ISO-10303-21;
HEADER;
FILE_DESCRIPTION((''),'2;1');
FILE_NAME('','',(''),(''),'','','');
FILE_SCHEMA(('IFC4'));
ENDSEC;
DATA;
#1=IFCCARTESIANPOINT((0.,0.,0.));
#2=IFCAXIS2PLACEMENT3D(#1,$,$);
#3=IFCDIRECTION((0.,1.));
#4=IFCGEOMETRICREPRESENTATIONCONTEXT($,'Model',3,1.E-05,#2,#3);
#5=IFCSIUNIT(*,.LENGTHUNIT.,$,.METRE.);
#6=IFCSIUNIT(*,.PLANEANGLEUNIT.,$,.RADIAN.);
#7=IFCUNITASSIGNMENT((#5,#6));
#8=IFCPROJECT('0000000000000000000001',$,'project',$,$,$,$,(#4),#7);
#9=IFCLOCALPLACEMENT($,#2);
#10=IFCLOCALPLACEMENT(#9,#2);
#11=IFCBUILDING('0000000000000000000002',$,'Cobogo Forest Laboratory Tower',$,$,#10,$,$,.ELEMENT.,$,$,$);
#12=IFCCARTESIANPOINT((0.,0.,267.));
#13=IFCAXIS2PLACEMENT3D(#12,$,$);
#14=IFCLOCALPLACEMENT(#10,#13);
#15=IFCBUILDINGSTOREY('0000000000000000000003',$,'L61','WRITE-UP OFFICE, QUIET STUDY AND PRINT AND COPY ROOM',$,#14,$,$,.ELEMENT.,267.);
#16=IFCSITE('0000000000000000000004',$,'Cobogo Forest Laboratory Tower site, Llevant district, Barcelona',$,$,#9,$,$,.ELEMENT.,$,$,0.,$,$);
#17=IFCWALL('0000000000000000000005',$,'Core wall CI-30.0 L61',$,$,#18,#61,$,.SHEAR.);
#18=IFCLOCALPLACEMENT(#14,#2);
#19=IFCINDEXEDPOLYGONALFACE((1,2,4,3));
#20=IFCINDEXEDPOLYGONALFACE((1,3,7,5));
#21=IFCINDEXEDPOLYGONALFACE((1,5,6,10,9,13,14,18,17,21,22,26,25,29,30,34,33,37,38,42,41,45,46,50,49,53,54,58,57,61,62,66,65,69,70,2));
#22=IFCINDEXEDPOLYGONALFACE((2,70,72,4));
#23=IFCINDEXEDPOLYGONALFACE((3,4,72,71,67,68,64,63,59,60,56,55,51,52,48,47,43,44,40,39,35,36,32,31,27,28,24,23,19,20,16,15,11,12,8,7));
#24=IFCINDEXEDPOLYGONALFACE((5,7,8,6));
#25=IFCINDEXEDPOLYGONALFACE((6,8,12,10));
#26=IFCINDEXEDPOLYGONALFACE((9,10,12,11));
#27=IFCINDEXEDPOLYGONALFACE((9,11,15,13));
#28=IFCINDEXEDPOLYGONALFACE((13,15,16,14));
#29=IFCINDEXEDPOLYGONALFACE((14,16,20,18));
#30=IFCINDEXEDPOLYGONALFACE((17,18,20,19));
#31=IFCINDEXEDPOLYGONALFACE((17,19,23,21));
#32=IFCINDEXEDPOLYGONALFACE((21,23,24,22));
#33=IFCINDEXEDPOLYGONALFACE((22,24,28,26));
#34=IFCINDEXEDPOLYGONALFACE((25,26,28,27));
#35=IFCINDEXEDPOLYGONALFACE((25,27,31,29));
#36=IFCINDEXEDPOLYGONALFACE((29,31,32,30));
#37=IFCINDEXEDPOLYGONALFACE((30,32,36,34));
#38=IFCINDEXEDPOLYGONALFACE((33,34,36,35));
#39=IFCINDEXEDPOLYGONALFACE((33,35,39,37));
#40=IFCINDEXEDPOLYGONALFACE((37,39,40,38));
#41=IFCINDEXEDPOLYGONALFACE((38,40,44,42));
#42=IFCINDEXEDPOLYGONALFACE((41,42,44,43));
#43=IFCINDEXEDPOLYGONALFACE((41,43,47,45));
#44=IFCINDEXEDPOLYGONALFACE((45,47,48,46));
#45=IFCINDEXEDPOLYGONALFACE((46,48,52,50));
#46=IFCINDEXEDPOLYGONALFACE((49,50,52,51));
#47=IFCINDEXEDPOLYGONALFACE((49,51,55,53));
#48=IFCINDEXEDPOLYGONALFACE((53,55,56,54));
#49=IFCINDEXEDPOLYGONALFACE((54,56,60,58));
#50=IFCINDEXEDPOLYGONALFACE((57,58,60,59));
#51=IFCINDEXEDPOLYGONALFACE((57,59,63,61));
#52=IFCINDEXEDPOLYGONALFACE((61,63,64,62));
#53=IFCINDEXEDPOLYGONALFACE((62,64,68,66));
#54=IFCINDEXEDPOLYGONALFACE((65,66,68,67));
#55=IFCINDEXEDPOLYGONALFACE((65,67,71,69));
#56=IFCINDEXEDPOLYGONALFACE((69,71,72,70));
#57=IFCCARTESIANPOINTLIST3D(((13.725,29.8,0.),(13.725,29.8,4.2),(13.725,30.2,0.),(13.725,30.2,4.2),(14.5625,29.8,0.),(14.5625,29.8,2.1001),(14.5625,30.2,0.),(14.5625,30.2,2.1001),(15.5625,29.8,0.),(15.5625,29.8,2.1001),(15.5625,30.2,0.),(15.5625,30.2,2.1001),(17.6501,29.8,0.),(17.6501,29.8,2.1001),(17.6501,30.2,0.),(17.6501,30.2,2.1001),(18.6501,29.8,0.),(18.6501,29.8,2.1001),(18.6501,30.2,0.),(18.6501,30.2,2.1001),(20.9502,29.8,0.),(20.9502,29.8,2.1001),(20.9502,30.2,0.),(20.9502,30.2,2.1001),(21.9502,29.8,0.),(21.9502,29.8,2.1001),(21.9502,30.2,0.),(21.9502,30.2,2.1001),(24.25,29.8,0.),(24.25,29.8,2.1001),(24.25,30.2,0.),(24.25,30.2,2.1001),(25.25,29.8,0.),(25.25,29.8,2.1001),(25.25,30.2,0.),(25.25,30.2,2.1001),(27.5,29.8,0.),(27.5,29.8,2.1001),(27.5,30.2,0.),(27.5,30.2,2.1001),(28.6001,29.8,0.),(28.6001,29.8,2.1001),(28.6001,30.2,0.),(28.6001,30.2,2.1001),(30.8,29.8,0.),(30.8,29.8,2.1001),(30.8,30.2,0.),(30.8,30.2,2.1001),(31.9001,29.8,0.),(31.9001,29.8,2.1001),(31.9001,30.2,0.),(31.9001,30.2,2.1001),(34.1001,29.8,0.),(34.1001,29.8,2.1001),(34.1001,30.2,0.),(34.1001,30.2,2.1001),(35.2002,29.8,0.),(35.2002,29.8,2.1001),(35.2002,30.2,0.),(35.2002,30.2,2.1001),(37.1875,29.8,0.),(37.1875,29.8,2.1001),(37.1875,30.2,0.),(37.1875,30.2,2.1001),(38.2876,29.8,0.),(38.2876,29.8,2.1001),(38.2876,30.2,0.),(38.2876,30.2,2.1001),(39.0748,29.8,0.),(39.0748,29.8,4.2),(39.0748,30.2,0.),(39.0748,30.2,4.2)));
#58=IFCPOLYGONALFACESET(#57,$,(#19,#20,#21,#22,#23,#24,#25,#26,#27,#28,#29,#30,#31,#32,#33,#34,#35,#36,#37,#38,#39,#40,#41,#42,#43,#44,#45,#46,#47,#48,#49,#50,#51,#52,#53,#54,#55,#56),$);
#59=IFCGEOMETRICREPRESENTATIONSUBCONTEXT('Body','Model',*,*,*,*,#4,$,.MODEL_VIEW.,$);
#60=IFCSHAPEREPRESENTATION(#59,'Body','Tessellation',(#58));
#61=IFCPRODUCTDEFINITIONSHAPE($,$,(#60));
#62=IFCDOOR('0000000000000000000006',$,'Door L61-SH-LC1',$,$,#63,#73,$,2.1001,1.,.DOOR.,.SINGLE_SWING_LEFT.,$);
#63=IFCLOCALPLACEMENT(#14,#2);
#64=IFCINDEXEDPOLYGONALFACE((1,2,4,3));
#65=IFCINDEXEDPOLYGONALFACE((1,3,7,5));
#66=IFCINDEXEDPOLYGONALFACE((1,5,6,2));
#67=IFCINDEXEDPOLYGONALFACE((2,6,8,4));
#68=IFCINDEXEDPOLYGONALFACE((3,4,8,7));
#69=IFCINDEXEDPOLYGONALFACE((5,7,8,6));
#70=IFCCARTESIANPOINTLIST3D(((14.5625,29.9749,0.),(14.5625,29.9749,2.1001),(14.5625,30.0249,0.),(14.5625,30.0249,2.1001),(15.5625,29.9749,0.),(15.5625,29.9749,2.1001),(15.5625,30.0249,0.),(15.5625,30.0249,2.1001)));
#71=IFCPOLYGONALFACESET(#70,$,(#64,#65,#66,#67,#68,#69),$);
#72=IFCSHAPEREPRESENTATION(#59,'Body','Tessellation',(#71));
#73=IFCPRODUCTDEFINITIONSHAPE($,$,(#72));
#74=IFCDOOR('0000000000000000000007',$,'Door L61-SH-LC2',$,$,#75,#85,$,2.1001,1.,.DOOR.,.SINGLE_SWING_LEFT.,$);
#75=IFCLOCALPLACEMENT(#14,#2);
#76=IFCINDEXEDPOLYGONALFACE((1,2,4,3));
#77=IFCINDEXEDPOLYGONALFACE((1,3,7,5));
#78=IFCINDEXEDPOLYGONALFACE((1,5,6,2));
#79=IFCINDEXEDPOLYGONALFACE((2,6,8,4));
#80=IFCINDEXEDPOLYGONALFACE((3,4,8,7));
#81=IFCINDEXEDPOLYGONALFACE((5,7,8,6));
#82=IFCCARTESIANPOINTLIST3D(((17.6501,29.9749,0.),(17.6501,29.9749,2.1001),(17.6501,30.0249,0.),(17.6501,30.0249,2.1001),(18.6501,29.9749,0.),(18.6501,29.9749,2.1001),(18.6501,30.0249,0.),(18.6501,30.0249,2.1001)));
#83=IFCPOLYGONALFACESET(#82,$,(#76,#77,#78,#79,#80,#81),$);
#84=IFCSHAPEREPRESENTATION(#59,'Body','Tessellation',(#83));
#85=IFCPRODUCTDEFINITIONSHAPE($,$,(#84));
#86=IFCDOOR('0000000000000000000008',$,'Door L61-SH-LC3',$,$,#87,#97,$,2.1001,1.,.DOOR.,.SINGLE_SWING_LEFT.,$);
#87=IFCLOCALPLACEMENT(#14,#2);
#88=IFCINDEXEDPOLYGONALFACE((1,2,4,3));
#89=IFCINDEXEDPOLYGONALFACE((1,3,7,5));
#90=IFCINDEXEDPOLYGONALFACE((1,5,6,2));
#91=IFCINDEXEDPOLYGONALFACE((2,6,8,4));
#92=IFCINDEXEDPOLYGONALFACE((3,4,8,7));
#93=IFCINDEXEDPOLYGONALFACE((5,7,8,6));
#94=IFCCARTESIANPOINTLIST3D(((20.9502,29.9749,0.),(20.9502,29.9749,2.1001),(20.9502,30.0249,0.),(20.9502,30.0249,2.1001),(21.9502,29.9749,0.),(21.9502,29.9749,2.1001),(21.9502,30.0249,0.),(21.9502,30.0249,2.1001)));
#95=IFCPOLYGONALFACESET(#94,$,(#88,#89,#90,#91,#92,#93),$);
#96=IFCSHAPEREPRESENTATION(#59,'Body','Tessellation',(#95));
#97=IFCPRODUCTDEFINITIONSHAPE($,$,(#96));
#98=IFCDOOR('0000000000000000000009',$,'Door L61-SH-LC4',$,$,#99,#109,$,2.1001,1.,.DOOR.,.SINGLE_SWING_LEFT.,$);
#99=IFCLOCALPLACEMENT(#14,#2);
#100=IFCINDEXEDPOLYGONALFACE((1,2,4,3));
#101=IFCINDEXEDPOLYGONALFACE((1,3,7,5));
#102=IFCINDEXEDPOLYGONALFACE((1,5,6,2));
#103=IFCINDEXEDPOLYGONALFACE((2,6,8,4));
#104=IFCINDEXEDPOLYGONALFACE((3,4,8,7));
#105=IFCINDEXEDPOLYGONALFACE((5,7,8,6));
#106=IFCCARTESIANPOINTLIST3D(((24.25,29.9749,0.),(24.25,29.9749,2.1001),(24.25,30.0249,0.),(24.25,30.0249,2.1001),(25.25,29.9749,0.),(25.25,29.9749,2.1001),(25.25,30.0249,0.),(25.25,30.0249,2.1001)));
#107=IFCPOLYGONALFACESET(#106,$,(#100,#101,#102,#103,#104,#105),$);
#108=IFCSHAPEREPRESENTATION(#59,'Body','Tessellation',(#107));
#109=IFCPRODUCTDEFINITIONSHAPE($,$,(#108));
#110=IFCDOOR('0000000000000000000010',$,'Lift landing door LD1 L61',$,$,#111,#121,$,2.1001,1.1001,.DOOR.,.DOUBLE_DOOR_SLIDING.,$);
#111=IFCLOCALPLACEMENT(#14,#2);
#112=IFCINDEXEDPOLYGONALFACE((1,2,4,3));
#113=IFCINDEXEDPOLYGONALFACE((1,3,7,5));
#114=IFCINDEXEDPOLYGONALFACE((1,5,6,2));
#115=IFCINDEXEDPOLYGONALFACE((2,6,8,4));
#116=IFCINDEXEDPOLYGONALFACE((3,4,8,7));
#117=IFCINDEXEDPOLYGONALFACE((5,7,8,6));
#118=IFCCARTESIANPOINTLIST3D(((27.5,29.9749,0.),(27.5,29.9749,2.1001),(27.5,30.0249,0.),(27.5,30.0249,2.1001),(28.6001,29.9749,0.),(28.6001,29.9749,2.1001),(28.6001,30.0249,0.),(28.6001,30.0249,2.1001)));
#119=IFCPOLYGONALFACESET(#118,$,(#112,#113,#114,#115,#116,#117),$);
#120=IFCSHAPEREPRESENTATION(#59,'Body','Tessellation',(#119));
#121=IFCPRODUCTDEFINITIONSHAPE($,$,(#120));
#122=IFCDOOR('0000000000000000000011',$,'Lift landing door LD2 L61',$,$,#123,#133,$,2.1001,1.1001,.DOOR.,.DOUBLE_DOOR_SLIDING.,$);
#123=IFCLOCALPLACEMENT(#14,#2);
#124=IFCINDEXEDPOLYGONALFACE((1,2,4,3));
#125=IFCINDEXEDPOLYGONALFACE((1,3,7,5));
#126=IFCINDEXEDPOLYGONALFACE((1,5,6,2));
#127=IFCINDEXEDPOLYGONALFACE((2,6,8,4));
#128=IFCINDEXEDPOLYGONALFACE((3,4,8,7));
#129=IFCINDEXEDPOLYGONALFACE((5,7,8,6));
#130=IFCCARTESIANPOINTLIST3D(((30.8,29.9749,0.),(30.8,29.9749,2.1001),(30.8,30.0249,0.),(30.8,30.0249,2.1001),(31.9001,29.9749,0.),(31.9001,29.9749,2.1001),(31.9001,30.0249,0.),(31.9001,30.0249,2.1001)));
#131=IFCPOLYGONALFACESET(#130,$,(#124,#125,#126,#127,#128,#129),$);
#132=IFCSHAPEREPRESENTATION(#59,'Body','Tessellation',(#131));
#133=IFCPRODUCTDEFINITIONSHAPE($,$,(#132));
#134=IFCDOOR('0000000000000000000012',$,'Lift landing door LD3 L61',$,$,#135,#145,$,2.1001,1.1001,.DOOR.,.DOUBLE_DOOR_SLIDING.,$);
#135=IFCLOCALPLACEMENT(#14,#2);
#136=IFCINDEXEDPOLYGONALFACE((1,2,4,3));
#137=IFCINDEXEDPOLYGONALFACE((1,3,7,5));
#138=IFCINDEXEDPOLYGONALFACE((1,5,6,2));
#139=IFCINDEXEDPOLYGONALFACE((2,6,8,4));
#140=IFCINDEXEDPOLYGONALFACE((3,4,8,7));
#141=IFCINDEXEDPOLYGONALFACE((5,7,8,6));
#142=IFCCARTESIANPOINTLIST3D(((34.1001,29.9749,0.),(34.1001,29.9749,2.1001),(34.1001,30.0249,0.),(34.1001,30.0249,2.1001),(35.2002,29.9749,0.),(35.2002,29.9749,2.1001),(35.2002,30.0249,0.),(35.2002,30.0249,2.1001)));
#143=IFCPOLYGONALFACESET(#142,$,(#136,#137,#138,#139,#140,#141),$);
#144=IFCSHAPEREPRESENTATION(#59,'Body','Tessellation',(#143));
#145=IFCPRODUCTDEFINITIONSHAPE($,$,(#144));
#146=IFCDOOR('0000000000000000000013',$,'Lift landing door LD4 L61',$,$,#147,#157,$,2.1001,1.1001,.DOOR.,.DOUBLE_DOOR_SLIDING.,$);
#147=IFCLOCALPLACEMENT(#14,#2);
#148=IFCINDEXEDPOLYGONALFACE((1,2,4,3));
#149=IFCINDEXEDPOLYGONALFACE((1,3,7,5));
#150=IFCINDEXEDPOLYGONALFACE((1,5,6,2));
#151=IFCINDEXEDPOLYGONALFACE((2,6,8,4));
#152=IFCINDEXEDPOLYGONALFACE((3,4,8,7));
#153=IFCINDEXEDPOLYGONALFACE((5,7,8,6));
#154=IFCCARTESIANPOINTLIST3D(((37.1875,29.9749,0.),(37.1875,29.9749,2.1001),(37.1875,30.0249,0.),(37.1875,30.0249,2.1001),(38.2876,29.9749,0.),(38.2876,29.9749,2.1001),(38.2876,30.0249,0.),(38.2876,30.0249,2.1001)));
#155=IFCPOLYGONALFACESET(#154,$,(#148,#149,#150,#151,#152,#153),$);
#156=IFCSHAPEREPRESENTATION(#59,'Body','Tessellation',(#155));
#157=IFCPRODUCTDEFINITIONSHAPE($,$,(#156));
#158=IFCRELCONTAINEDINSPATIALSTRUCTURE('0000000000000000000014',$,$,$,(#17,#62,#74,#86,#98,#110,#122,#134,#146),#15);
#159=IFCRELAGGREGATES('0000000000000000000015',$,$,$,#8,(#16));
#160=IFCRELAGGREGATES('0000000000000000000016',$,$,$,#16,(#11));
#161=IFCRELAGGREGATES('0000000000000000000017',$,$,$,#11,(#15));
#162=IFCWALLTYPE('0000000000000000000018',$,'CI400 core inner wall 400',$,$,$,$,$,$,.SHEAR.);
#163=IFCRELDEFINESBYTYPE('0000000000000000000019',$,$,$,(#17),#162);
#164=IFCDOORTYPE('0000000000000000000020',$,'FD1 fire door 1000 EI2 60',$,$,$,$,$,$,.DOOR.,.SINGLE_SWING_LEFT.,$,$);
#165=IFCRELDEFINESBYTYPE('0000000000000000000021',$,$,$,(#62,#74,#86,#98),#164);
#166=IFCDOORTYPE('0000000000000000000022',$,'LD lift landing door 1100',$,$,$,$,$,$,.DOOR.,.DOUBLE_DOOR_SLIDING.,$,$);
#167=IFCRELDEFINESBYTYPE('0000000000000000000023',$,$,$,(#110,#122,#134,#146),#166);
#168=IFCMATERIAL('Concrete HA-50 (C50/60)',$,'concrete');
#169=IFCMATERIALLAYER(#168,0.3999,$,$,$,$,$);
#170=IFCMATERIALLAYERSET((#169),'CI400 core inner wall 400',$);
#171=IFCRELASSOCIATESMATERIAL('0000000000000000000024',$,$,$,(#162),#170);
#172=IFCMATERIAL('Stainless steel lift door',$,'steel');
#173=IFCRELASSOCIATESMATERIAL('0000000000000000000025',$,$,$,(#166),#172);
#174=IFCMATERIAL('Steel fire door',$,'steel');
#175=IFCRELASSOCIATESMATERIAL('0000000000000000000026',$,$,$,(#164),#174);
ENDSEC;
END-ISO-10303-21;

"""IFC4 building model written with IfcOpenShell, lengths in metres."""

from ifc_helpers import new_model, si_unit, direction, frame, frame_2d, origin, place, context, subcontext, project, spatial, rectangle, extrude, material, layer, layer_set, type_object, element, fill, save


model = new_model("IFC4")

# Units and contexts
model_context = context("Model", 3, precision=1e-05, world=origin(), true_north=direction((0.0, 1.0)))
body_context = subcontext(model_context, "Body", "Model", "MODEL_VIEW")
ifc_project = project(units=[si_unit("LENGTHUNIT", "METRE"), si_unit("PLANEANGLEUNIT", "RADIAN")], contexts=[model_context])

# Site, building, storey
site_placement = place(None, origin())
site = spatial("IfcSite", under=ifc_project, at=site_placement, Name="Cobogo Forest Laboratory Tower site, Llevant district, Barcelona", CompositionType="ELEMENT", RefElevation=0.0)
building_placement = place(site_placement, origin())
building = spatial("IfcBuilding", under=site, at=building_placement, Name="Cobogo Forest Laboratory Tower", CompositionType="ELEMENT")
storey_placement = place(building_placement, frame((0.0, 0.0, 267.0)))
storey = spatial("IfcBuildingStorey", under=building, at=storey_placement, Name="L61", Description="WRITE-UP OFFICE, QUIET STUDY AND PRINT AND COPY ROOM", CompositionType="ELEMENT", Elevation=267.0)

# Wall, openings, doors
ifc_material_1 = material(Name="Concrete HA-50 (C50/60)", Category="concrete")
ifc_layer_1 = layer(ifc_material_1, 0.3999)
ifc_layer_set_1 = layer_set([ifc_layer_1], Name="CI400 core inner wall 400")
wall_type_1 = type_object("IfcWallType", Name="CI400 core inner wall 400", PredefinedType="SHEAR", material=ifc_layer_set_1)
ifc_material_2 = material(Name="Steel fire door", Category="steel")
ifc_material_3 = material(Name="Stainless steel lift door", Category="steel")
door_type_1 = type_object("IfcDoorType", Name="LD lift landing door 1100", OperationType="DOUBLE_DOOR_SLIDING", PredefinedType="DOOR", material=ifc_material_3)
wall_1_placement = place(storey_placement, frame((13.7251, 30.0, 0.0), z_axis=(0.0, 0.0, 1.0), x_axis=(1.0, 0.0, 0.0)))
wall_1 = element("IfcWall", 1, at=wall_1_placement, inside=storey, type_object=wall_type_1, Name="Core wall CI-30.0 L61", PredefinedType="SHEAR", context=body_context, shape_type="SweptSolid", body=[
    extrude(rectangle(XDim=25.3499, YDim=0.3999, at=frame_2d((12.6748, 0.0))), origin(), (0.0, 0.0, 1.0), 4.2),
])
opening_1_placement = place(wall_1_placement, frame((0.8374, 0.0, 0.0)))
opening_1 = element("IfcOpeningElement", 2, at=opening_1_placement, cuts=wall_1, PredefinedType="OPENING", context=body_context, shape_type="SweptSolid", body=[
    extrude(rectangle(XDim=1.0, YDim=2.1001, at=frame_2d((0.5, 1.05))), frame((0.0, 0.21, 0.0), z_axis=(0.0, -1.0, 0.0), x_axis=(1.0, 0.0, 0.0)), (0.0, 0.0, 1.0), 0.4199),
])
opening_2_placement = place(wall_1_placement, frame((3.925, 0.0, 0.0)))
opening_2 = element("IfcOpeningElement", 3, at=opening_2_placement, cuts=wall_1, PredefinedType="OPENING", context=body_context, shape_type="SweptSolid", body=[
    extrude(rectangle(XDim=1.0, YDim=2.1001, at=frame_2d((0.5, 1.05))), frame((0.0, 0.21, 0.0), z_axis=(0.0, -1.0, 0.0), x_axis=(1.0, 0.0, 0.0)), (0.0, 0.0, 1.0), 0.4199),
])
opening_3_placement = place(wall_1_placement, frame((7.2251, 0.0, 0.0)))
opening_3 = element("IfcOpeningElement", 4, at=opening_3_placement, cuts=wall_1, PredefinedType="OPENING", context=body_context, shape_type="SweptSolid", body=[
    extrude(rectangle(XDim=1.0, YDim=2.1001, at=frame_2d((0.5, 1.05))), frame((0.0, 0.21, 0.0), z_axis=(0.0, -1.0, 0.0), x_axis=(1.0, 0.0, 0.0)), (0.0, 0.0, 1.0), 0.4199),
])
opening_4_placement = place(wall_1_placement, frame((10.5249, 0.0, 0.0)))
opening_4 = element("IfcOpeningElement", 5, at=opening_4_placement, cuts=wall_1, PredefinedType="OPENING", context=body_context, shape_type="SweptSolid", body=[
    extrude(rectangle(XDim=1.0, YDim=2.1001, at=frame_2d((0.5, 1.05))), frame((0.0, 0.21, 0.0), z_axis=(0.0, -1.0, 0.0), x_axis=(1.0, 0.0, 0.0)), (0.0, 0.0, 1.0), 0.4199),
])
opening_5_placement = place(wall_1_placement, frame((13.7749, 0.0, 0.0)))
opening_5 = element("IfcOpeningElement", 6, at=opening_5_placement, cuts=wall_1, PredefinedType="OPENING", context=body_context, shape_type="SweptSolid", body=[
    extrude(rectangle(XDim=1.1001, YDim=2.1001, at=frame_2d((0.55, 1.05))), frame((0.0, 0.21, 0.0), z_axis=(0.0, -1.0, 0.0), x_axis=(1.0, 0.0, 0.0)), (0.0, 0.0, 1.0), 0.4199),
])
opening_6_placement = place(wall_1_placement, frame((17.075, 0.0, 0.0)))
opening_6 = element("IfcOpeningElement", 7, at=opening_6_placement, cuts=wall_1, PredefinedType="OPENING", context=body_context, shape_type="SweptSolid", body=[
    extrude(rectangle(XDim=1.1001, YDim=2.1001, at=frame_2d((0.55, 1.05))), frame((0.0, 0.21, 0.0), z_axis=(0.0, -1.0, 0.0), x_axis=(1.0, 0.0, 0.0)), (0.0, 0.0, 1.0), 0.4199),
])
opening_7_placement = place(wall_1_placement, frame((20.375, 0.0, 0.0)))
opening_7 = element("IfcOpeningElement", 8, at=opening_7_placement, cuts=wall_1, PredefinedType="OPENING", context=body_context, shape_type="SweptSolid", body=[
    extrude(rectangle(XDim=1.1001, YDim=2.1001, at=frame_2d((0.55, 1.05))), frame((0.0, 0.21, 0.0), z_axis=(0.0, -1.0, 0.0), x_axis=(1.0, 0.0, 0.0)), (0.0, 0.0, 1.0), 0.4199),
])
opening_8_placement = place(wall_1_placement, frame((23.4624, 0.0, 0.0)))
opening_8 = element("IfcOpeningElement", 9, at=opening_8_placement, cuts=wall_1, PredefinedType="OPENING", context=body_context, shape_type="SweptSolid", body=[
    extrude(rectangle(XDim=1.1001, YDim=2.1001, at=frame_2d((0.55, 1.05))), frame((0.0, 0.21, 0.0), z_axis=(0.0, -1.0, 0.0), x_axis=(1.0, 0.0, 0.0)), (0.0, 0.0, 1.0), 0.4199),
])
door_type_2 = type_object("IfcDoorType", Name="FD1 fire door 1000 EI2 60", OperationType="SINGLE_SWING_LEFT", PredefinedType="DOOR", material=ifc_material_2)
door_1_placement = place(opening_1_placement, origin())
door_1 = element("IfcDoor", 10, at=door_1_placement, inside=storey, type_object=door_type_2, Name="Door L61-SH-LC1", OperationType="SINGLE_SWING_LEFT", OverallHeight=2.1001, OverallWidth=1.0, PredefinedType="DOOR", context=body_context, shape_type="SweptSolid", body=[
    extrude(rectangle(XDim=1.0, YDim=2.1001, at=frame_2d((0.5, 1.05))), frame((0.0, 0.0249, 0.0), z_axis=(0.0, -1.0, 0.0), x_axis=(1.0, 0.0, 0.0)), (0.0, 0.0, 1.0), 0.05),
])
fill(opening_1, door_1)
door_2_placement = place(opening_2_placement, origin())
door_2 = element("IfcDoor", 11, at=door_2_placement, inside=storey, type_object=door_type_2, Name="Door L61-SH-LC2", OperationType="SINGLE_SWING_LEFT", OverallHeight=2.1001, OverallWidth=1.0, PredefinedType="DOOR", context=body_context, shape_type="SweptSolid", body=[
    extrude(rectangle(XDim=1.0, YDim=2.1001, at=frame_2d((0.5, 1.05))), frame((0.0, 0.0249, 0.0), z_axis=(0.0, -1.0, 0.0), x_axis=(1.0, 0.0, 0.0)), (0.0, 0.0, 1.0), 0.05),
])
fill(opening_2, door_2)
door_3_placement = place(opening_3_placement, origin())
door_3 = element("IfcDoor", 12, at=door_3_placement, inside=storey, type_object=door_type_2, Name="Door L61-SH-LC3", OperationType="SINGLE_SWING_LEFT", OverallHeight=2.1001, OverallWidth=1.0, PredefinedType="DOOR", context=body_context, shape_type="SweptSolid", body=[
    extrude(rectangle(XDim=1.0, YDim=2.1001, at=frame_2d((0.5, 1.05))), frame((0.0, 0.0249, 0.0), z_axis=(0.0, -1.0, 0.0), x_axis=(1.0, 0.0, 0.0)), (0.0, 0.0, 1.0), 0.05),
])
fill(opening_3, door_3)
door_4_placement = place(opening_4_placement, origin())
door_4 = element("IfcDoor", 13, at=door_4_placement, inside=storey, type_object=door_type_2, Name="Door L61-SH-LC4", OperationType="SINGLE_SWING_LEFT", OverallHeight=2.1001, OverallWidth=1.0, PredefinedType="DOOR", context=body_context, shape_type="SweptSolid", body=[
    extrude(rectangle(XDim=1.0, YDim=2.1001, at=frame_2d((0.5, 1.05))), frame((0.0, 0.0249, 0.0), z_axis=(0.0, -1.0, 0.0), x_axis=(1.0, 0.0, 0.0)), (0.0, 0.0, 1.0), 0.05),
])
fill(opening_4, door_4)
door_5_placement = place(opening_5_placement, origin())
door_5 = element("IfcDoor", 14, at=door_5_placement, inside=storey, type_object=door_type_1, Name="Lift landing door LD1 L61", OperationType="DOUBLE_DOOR_SLIDING", OverallHeight=2.1001, OverallWidth=1.1001, PredefinedType="DOOR", context=body_context, shape_type="SweptSolid", body=[
    extrude(rectangle(XDim=1.1001, YDim=2.1001, at=frame_2d((0.55, 1.05))), frame((0.0, 0.0249, 0.0), z_axis=(0.0, -1.0, 0.0), x_axis=(1.0, 0.0, 0.0)), (0.0, 0.0, 1.0), 0.05),
])
fill(opening_5, door_5)
door_6_placement = place(opening_6_placement, origin())
door_6 = element("IfcDoor", 15, at=door_6_placement, inside=storey, type_object=door_type_1, Name="Lift landing door LD2 L61", OperationType="DOUBLE_DOOR_SLIDING", OverallHeight=2.1001, OverallWidth=1.1001, PredefinedType="DOOR", context=body_context, shape_type="SweptSolid", body=[
    extrude(rectangle(XDim=1.1001, YDim=2.1001, at=frame_2d((0.55, 1.05))), frame((0.0, 0.0249, 0.0), z_axis=(0.0, -1.0, 0.0), x_axis=(1.0, 0.0, 0.0)), (0.0, 0.0, 1.0), 0.05),
])
fill(opening_6, door_6)
door_7_placement = place(opening_7_placement, origin())
door_7 = element("IfcDoor", 16, at=door_7_placement, inside=storey, type_object=door_type_1, Name="Lift landing door LD3 L61", OperationType="DOUBLE_DOOR_SLIDING", OverallHeight=2.1001, OverallWidth=1.1001, PredefinedType="DOOR", context=body_context, shape_type="SweptSolid", body=[
    extrude(rectangle(XDim=1.1001, YDim=2.1001, at=frame_2d((0.55, 1.05))), frame((0.0, 0.0249, 0.0), z_axis=(0.0, -1.0, 0.0), x_axis=(1.0, 0.0, 0.0)), (0.0, 0.0, 1.0), 0.05),
])
fill(opening_7, door_7)
door_8_placement = place(opening_8_placement, origin())
door_8 = element("IfcDoor", 17, at=door_8_placement, inside=storey, type_object=door_type_1, Name="Lift landing door LD4 L61", OperationType="DOUBLE_DOOR_SLIDING", OverallHeight=2.1001, OverallWidth=1.1001, PredefinedType="DOOR", context=body_context, shape_type="SweptSolid", body=[
    extrude(rectangle(XDim=1.1001, YDim=2.1001, at=frame_2d((0.55, 1.05))), frame((0.0, 0.0249, 0.0), z_axis=(0.0, -1.0, 0.0), x_axis=(1.0, 0.0, 0.0)), (0.0, 0.0, 1.0), 0.05),
])
fill(opening_8, door_8)

save(model, "model.ifc")
